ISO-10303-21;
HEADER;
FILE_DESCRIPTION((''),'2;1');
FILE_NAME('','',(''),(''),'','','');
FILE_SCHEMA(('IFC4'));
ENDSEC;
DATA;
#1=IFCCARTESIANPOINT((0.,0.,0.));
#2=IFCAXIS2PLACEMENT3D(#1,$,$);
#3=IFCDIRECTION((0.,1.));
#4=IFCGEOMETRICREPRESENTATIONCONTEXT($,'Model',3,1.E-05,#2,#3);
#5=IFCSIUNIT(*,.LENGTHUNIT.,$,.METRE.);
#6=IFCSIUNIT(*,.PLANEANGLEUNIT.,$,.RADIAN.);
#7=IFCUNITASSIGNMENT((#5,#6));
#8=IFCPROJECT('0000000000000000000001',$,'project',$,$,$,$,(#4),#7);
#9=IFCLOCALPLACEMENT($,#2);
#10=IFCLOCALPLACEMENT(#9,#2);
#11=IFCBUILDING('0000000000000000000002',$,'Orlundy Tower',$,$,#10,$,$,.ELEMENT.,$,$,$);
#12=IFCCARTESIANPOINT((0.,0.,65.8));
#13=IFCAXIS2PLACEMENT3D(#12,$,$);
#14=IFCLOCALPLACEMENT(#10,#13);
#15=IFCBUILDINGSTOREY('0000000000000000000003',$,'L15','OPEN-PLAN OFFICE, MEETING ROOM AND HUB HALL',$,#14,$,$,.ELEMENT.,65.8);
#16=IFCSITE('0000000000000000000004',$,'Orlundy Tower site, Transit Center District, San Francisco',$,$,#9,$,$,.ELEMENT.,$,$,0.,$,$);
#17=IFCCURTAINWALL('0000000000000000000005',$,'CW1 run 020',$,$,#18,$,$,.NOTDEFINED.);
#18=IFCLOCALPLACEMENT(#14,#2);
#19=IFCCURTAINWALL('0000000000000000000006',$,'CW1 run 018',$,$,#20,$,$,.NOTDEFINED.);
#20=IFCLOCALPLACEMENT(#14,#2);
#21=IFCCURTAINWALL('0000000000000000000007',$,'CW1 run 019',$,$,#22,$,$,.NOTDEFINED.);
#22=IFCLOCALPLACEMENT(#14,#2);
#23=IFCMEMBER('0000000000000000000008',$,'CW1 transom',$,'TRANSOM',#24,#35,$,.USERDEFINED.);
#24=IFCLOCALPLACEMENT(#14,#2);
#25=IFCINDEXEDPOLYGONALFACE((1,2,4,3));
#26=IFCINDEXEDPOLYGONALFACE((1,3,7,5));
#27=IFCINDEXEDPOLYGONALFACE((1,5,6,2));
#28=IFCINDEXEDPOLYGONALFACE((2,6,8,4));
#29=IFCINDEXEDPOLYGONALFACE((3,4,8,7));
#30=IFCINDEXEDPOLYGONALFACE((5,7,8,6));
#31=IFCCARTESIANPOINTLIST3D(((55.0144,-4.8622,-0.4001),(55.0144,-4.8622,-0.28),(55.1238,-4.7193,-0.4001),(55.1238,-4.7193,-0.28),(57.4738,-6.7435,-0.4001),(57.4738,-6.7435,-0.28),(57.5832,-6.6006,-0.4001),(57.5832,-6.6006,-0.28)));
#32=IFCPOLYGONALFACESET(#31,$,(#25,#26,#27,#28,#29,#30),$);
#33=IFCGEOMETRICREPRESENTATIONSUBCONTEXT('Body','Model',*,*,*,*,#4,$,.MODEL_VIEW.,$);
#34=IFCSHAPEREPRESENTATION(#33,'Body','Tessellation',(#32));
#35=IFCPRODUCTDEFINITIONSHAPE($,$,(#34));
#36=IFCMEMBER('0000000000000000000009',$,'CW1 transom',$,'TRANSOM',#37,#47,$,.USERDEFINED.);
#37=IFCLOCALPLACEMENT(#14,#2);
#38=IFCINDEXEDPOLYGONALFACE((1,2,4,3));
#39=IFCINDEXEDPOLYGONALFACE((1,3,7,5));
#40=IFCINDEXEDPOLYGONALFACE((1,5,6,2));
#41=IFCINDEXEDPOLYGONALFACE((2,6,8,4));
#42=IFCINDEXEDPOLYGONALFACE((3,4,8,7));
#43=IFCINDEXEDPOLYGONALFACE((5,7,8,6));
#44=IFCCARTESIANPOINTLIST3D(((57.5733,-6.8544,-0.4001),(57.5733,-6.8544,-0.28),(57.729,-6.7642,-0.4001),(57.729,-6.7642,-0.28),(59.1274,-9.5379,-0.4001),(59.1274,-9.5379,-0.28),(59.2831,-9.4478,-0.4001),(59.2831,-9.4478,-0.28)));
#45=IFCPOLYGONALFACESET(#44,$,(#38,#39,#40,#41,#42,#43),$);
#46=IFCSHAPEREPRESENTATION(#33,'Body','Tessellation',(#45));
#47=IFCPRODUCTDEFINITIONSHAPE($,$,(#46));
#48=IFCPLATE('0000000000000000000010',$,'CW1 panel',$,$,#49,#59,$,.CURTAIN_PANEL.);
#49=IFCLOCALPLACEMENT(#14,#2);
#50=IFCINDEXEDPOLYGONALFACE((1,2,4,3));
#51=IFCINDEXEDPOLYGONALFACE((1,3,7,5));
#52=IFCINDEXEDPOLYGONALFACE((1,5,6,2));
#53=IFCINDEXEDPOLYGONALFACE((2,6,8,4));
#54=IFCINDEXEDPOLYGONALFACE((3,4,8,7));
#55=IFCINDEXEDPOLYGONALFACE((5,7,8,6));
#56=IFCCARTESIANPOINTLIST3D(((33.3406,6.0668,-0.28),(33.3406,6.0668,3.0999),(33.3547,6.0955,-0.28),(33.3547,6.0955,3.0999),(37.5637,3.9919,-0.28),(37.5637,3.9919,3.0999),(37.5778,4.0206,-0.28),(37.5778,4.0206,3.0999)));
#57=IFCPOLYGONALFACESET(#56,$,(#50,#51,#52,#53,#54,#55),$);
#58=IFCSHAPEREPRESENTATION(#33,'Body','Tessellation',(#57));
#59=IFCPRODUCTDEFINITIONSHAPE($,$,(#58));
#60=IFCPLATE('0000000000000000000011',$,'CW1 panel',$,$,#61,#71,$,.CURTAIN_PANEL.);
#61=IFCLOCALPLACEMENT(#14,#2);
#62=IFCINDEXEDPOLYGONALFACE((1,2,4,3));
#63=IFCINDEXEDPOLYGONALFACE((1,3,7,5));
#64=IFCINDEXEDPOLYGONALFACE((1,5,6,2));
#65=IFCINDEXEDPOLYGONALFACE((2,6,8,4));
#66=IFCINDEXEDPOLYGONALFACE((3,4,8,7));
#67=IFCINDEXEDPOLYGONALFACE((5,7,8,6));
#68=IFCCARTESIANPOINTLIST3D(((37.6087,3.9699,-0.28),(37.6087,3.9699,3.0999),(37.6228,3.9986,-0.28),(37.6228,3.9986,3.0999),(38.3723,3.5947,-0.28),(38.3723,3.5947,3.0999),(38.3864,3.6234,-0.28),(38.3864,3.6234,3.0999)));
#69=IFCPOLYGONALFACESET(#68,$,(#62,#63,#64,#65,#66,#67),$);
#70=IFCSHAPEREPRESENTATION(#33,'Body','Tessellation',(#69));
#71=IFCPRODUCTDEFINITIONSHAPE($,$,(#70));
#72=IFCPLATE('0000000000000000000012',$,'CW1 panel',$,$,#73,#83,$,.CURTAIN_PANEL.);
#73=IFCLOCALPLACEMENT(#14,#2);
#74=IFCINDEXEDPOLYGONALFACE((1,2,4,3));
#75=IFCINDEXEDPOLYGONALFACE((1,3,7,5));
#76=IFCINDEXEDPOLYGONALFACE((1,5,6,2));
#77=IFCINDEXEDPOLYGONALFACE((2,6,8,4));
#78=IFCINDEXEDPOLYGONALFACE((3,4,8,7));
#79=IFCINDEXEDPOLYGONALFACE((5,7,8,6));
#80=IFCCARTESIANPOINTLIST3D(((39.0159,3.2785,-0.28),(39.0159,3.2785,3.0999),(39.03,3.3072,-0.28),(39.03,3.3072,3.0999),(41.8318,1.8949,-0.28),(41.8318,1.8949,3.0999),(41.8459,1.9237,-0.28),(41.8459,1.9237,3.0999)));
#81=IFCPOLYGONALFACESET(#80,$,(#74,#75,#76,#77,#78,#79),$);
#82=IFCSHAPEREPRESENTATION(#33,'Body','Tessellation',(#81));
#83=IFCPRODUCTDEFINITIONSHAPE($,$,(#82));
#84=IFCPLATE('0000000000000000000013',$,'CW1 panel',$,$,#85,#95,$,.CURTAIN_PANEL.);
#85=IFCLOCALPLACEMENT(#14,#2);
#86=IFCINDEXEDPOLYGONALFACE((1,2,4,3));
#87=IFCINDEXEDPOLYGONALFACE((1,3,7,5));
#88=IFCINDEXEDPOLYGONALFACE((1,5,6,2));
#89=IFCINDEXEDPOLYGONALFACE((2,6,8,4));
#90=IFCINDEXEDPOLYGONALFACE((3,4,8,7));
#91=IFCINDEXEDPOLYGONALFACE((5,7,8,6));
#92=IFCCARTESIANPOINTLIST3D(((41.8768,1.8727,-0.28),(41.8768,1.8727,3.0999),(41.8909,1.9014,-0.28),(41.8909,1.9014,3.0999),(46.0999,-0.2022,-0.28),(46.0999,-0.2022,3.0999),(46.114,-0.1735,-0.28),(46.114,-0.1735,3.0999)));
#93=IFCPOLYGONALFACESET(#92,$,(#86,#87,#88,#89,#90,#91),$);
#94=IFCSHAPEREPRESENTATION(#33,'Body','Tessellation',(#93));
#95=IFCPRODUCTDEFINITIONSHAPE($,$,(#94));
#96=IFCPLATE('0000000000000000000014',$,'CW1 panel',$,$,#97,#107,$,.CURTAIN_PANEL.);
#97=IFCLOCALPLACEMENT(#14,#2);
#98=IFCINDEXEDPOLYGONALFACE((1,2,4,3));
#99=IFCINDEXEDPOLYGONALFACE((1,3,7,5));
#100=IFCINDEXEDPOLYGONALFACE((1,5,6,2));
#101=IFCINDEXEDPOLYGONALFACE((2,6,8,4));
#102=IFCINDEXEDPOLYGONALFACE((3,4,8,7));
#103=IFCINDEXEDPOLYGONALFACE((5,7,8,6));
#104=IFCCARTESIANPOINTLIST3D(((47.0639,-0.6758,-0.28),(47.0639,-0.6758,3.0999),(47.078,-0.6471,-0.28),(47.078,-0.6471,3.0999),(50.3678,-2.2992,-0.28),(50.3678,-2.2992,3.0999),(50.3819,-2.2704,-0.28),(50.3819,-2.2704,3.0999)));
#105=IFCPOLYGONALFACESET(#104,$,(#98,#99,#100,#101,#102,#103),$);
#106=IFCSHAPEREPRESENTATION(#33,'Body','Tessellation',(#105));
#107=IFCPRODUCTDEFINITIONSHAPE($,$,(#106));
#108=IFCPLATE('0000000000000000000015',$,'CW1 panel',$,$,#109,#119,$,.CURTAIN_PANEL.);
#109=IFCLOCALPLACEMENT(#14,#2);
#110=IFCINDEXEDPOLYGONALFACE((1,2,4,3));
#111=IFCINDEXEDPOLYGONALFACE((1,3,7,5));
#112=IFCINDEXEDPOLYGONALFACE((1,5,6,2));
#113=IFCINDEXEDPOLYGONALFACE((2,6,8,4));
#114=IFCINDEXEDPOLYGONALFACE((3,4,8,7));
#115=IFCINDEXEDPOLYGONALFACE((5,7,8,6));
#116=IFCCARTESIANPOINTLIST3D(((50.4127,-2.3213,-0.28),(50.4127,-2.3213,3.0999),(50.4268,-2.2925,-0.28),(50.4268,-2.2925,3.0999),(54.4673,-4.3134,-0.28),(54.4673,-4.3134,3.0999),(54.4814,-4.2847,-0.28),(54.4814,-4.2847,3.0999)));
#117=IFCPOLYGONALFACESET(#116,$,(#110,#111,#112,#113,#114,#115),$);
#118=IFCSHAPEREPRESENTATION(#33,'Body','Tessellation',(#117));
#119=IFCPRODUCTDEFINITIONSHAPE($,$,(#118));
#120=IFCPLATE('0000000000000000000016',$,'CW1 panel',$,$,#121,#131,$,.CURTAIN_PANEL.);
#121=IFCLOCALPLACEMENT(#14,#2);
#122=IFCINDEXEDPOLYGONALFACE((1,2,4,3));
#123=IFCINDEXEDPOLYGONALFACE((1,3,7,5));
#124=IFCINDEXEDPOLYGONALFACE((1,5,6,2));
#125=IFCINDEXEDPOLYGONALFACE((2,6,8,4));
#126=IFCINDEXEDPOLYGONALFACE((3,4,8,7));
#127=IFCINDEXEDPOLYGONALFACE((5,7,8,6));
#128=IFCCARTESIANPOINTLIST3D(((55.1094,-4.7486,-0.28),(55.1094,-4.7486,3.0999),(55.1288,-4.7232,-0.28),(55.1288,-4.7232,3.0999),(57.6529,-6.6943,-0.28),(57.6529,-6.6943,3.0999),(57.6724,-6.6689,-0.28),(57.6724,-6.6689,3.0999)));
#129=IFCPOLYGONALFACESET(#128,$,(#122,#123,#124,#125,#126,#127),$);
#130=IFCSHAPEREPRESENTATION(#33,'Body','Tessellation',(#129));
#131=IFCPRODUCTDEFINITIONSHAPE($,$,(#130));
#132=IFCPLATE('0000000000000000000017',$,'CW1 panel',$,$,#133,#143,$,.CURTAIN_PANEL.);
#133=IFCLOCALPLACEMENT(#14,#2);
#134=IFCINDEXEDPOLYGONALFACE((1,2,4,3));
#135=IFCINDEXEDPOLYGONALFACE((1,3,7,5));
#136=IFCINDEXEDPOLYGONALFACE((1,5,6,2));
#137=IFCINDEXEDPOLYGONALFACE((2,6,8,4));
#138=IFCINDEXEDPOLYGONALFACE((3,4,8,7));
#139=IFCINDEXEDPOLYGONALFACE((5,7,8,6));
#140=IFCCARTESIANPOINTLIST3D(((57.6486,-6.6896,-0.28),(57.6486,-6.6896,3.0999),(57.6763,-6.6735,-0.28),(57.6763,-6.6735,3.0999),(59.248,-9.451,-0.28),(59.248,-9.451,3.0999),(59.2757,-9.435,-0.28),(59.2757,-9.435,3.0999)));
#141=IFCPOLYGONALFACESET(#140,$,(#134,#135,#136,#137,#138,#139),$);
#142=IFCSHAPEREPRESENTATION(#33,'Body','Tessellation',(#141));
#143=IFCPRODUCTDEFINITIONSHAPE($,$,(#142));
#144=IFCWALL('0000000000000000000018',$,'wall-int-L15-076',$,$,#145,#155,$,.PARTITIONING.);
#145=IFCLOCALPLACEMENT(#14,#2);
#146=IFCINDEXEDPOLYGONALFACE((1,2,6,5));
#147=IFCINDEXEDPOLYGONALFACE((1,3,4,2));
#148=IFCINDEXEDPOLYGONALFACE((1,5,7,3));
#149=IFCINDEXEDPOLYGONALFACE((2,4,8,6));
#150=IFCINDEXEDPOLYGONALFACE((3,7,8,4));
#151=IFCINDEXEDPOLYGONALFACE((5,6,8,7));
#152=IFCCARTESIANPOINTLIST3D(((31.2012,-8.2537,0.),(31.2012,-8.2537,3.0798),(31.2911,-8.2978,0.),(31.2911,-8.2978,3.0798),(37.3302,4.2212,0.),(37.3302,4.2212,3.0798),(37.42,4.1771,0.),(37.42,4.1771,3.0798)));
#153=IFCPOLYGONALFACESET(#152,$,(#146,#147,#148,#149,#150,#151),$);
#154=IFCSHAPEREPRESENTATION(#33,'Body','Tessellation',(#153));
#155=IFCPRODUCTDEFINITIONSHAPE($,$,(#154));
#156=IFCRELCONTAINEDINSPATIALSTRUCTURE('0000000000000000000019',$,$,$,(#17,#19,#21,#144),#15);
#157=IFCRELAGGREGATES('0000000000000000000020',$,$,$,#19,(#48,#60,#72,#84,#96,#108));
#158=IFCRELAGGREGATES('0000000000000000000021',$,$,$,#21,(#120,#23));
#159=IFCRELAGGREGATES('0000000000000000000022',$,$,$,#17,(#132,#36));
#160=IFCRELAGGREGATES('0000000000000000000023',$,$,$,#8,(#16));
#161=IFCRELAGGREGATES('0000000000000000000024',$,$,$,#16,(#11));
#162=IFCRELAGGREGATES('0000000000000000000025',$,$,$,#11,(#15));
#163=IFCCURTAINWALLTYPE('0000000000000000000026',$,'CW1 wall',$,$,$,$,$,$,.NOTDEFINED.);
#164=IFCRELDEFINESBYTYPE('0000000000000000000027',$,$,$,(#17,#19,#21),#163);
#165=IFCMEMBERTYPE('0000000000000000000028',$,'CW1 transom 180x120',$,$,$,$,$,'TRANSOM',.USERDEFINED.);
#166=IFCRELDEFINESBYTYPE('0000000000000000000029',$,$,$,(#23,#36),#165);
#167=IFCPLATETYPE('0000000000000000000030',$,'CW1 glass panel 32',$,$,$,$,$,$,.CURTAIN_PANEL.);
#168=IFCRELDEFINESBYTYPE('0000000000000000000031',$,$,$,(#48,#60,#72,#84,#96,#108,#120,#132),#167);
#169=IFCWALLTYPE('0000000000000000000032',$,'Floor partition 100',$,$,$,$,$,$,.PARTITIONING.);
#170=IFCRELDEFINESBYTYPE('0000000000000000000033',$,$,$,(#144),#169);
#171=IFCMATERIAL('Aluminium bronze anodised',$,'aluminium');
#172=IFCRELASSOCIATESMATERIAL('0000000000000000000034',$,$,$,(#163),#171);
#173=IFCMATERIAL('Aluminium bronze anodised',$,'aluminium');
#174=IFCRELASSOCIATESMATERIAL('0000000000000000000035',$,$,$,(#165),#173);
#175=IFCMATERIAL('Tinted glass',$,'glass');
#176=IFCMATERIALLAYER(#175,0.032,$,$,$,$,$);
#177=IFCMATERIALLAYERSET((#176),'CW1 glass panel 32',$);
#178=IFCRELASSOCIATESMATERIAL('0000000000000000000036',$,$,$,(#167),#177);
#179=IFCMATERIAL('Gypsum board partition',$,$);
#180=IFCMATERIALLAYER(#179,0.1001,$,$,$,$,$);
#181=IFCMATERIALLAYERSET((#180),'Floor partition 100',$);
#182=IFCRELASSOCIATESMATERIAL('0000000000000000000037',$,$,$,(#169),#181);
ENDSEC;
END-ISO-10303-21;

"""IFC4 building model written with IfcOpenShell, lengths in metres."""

from ifc_helpers import new_model, si_unit, direction, frame, frame_2d, origin, origin_2d, place, context, subcontext, project, spatial, rectangle, extrude, material, layer, layer_set, material_profile, profile_set, type_object, element, aggregate, save


model = new_model("IFC4")

# Units and contexts
model_context = context("Model", 3, precision=1e-05, world=origin(), true_north=direction((0.0, 1.0)))
body_context = subcontext(model_context, "Body", "Model", "MODEL_VIEW")
ifc_project = project(units=[si_unit("LENGTHUNIT", "METRE"), si_unit("PLANEANGLEUNIT", "RADIAN")], contexts=[model_context])

# Site, building, storey
site_placement = place(None, origin())
site = spatial("IfcSite", under=ifc_project, at=site_placement, Name="Orlundy Tower site, Transit Center District, San Francisco", CompositionType="ELEMENT", RefElevation=0.0)
building_placement = place(site_placement, origin())
building = spatial("IfcBuilding", under=site, at=building_placement, Name="Orlundy Tower", CompositionType="ELEMENT")
storey_placement = place(building_placement, frame((0.0, 0.0, 65.8)))
storey = spatial("IfcBuildingStorey", under=building, at=storey_placement, Name="L15", Description="OPEN-PLAN OFFICE, MEETING ROOM AND HUB HALL", CompositionType="ELEMENT", Elevation=65.8)

# Curtain wall
ifc_material_1 = material(Name="Aluminium bronze anodised", Category="aluminium")
curtain_wall_type = type_object("IfcCurtainWallType", Name="CW1 wall", PredefinedType="NOTDEFINED", material=ifc_material_1)
curtain_wall_1_placement = place(storey_placement, origin())
curtain_wall_1 = element("IfcCurtainWall", 1, at=curtain_wall_1_placement, inside=storey, type_object=curtain_wall_type, Name="CW1 run 020", PredefinedType="NOTDEFINED")

# Curtain wall
curtain_wall_2_placement = place(storey_placement, origin())
curtain_wall_2 = element("IfcCurtainWall", 2, at=curtain_wall_2_placement, inside=storey, type_object=curtain_wall_type, Name="CW1 run 018", PredefinedType="NOTDEFINED")
ifc_material_2 = material(Name="Aluminium bronze anodised", Category="aluminium")
ifc_material_profile_1 = material_profile(ifc_material_2, rectangle(XDim=0.1799, YDim=0.1201, at=origin_2d()), Name="CW1 transom 180x120")
ifc_profile_set_1 = profile_set([ifc_material_profile_1], Name="Aluminium bronze anodised")
member_type_1 = type_object("IfcMemberType", Name="CW1 transom 180x120", ElementType="TRANSOM", PredefinedType="USERDEFINED", material=ifc_profile_set_1)

# Curtain wall, member
curtain_wall_3_placement = place(storey_placement, origin())
curtain_wall_3 = element("IfcCurtainWall", 3, at=curtain_wall_3_placement, inside=storey, type_object=curtain_wall_type, Name="CW1 run 019", PredefinedType="NOTDEFINED")
member_1_placement = place(storey_placement, frame((55.0691, -4.7908, -0.3401), z_axis=(0.794268, -0.607567, 0.0), x_axis=(0.607567, 0.794268, 0.0)))
member_1 = element("IfcMember", 4, at=member_1_placement, type_object=member_type_1, Name="CW1 transom", ObjectType="TRANSOM", PredefinedType="USERDEFINED", context=body_context, shape_type="SweptSolid", body=[
    extrude(rectangle(XDim=0.1799, YDim=0.1201, at=origin_2d()), origin(), (0.0, 0.0, 1.0), 3.0964),
])

# Member
member_2_placement = place(storey_placement, frame((57.6511, -6.8093, -0.3401), z_axis=(0.501167, -0.865351, 0.0), x_axis=(0.865351, 0.501167, 0.0)))
member_2 = element("IfcMember", 5, at=member_2_placement, type_object=member_type_1, Name="CW1 transom", ObjectType="TRANSOM", PredefinedType="USERDEFINED", context=body_context, shape_type="SweptSolid", body=[
    extrude(rectangle(XDim=0.1799, YDim=0.1201, at=origin_2d()), origin(), (0.0, 0.0, 1.0), 3.1011),
])

# Plates
ifc_material_3 = material(Name="Tinted glass", Category="glass")
ifc_layer_1 = layer(ifc_material_3, 0.032)
ifc_layer_set_1 = layer_set([ifc_layer_1], Name="CW1 glass panel 32")
plate_type = type_object("IfcPlateType", Name="CW1 glass panel 32", PredefinedType="CURTAIN_PANEL", material=ifc_layer_set_1)
plate_1_placement = place(storey_placement, frame((35.4592, 5.0437, -0.28), z_axis=(0.0, 0.0, 1.0), x_axis=(0.897518, -0.440978, 0.0)))
plate_1 = element("IfcPlate", 6, at=plate_1_placement, type_object=plate_type, Name="CW1 panel", PredefinedType="CURTAIN_PANEL", context=body_context, shape_type="SweptSolid", body=[
    extrude(rectangle(XDim=4.7053, YDim=0.032, at=origin_2d()), origin(), (0.0, 0.0, 1.0), 3.3799),
])
plate_2_placement = place(storey_placement, frame((37.9976, 3.7966, -0.28), z_axis=(0.0, 0.0, 1.0), x_axis=(0.897518, -0.440978, 0.0)))
plate_2 = element("IfcPlate", 7, at=plate_2_placement, type_object=plate_type, Name="CW1 panel", PredefinedType="CURTAIN_PANEL", context=body_context, shape_type="SweptSolid", body=[
    extrude(rectangle(XDim=0.8508, YDim=0.032, at=origin_2d()), origin(), (0.0, 0.0, 1.0), 3.3799),
])
plate_3_placement = place(storey_placement, frame((40.4309, 2.6011, -0.28), z_axis=(0.0, 0.0, 1.0), x_axis=(0.897518, -0.440978, 0.0)))
plate_3 = element("IfcPlate", 8, at=plate_3_placement, type_object=plate_type, Name="CW1 panel", PredefinedType="CURTAIN_PANEL", context=body_context, shape_type="SweptSolid", body=[
    extrude(rectangle(XDim=3.1375, YDim=0.032, at=origin_2d()), origin(), (0.0, 0.0, 1.0), 3.3799),
])
plate_4_placement = place(storey_placement, frame((43.9954, 0.8496, -0.28), z_axis=(0.0, 0.0, 1.0), x_axis=(0.897518, -0.440978, 0.0)))
plate_4 = element("IfcPlate", 9, at=plate_4_placement, type_object=plate_type, Name="CW1 panel", PredefinedType="CURTAIN_PANEL", context=body_context, shape_type="SweptSolid", body=[
    extrude(rectangle(XDim=4.7053, YDim=0.032, at=origin_2d()), origin(), (0.0, 0.0, 1.0), 3.3799),
])
plate_5_placement = place(storey_placement, frame((48.7229, -1.4731, -0.28), z_axis=(0.0, 0.0, 1.0), x_axis=(0.897518, -0.440978, 0.0)))
plate_5 = element("IfcPlate", 10, at=plate_5_placement, type_object=plate_type, Name="CW1 panel", PredefinedType="CURTAIN_PANEL", context=body_context, shape_type="SweptSolid", body=[
    extrude(rectangle(XDim=3.6812, YDim=0.032, at=origin_2d()), origin(), (0.0, 0.0, 1.0), 3.3799),
])
plate_6_placement = place(storey_placement, frame((52.447, -3.303, -0.28), z_axis=(0.0, 0.0, 1.0), x_axis=(0.897518, -0.440978, 0.0)))
plate_6 = element("IfcPlate", 11, at=plate_6_placement, type_object=plate_type, Name="CW1 panel", PredefinedType="CURTAIN_PANEL", context=body_context, shape_type="SweptSolid", body=[
    extrude(rectangle(XDim=4.5176, YDim=0.032, at=origin_2d()), origin(), (0.0, 0.0, 1.0), 3.3799),
])
aggregate(curtain_wall_2, [plate_1, plate_2, plate_3, plate_4, plate_5, plate_6])
plate_7_placement = place(storey_placement, frame((56.3909, -5.7087, -0.28), z_axis=(0.0, 0.0, 1.0), x_axis=(0.794266, -0.60757, 0.0)))
plate_7 = element("IfcPlate", 12, at=plate_7_placement, type_object=plate_type, Name="CW1 panel", PredefinedType="CURTAIN_PANEL", context=body_context, shape_type="SweptSolid", body=[
    extrude(rectangle(XDim=3.2024, YDim=0.032, at=origin_2d()), origin(), (0.0, 0.0, 1.0), 3.3799),
])
aggregate(curtain_wall_3, [plate_7, member_1])
plate_8_placement = place(storey_placement, frame((58.4622, -8.0623, -0.28), z_axis=(0.0, 0.0, 1.0), x_axis=(0.501185, -0.86534, 0.0)))
plate_8 = element("IfcPlate", 13, at=plate_8_placement, type_object=plate_type, Name="CW1 panel", PredefinedType="CURTAIN_PANEL", context=body_context, shape_type="SweptSolid", body=[
    extrude(rectangle(XDim=3.1912, YDim=0.032, at=origin_2d()), origin(), (0.0, 0.0, 1.0), 3.3799),
])
aggregate(curtain_wall_1, [plate_8, member_2])

# Wall
ifc_material_4 = material(Name="Gypsum board partition")
ifc_layer_2 = layer(ifc_material_4, 0.1001)
ifc_layer_set_2 = layer_set([ifc_layer_2], Name="Floor partition 100")
wall_type_1 = type_object("IfcWallType", Name="Floor partition 100", PredefinedType="PARTITIONING", material=ifc_layer_set_2)
wall_1_placement = place(storey_placement, frame((31.2461, -8.2759, 0.0), z_axis=(0.0, 0.0, 1.0), x_axis=(0.440957, 0.897528, 0.0)))
element("IfcWall", 14, at=wall_1_placement, inside=storey, type_object=wall_type_1, Name="wall-int-L15-076", PredefinedType="PARTITIONING", context=body_context, shape_type="SweptSolid", body=[
    extrude(rectangle(XDim=13.8992, YDim=0.1001, at=frame_2d((6.9497, 0.0))), origin(), (0.0, 0.0, 1.0), 3.0798),
])

save(model, "model.ifc")
